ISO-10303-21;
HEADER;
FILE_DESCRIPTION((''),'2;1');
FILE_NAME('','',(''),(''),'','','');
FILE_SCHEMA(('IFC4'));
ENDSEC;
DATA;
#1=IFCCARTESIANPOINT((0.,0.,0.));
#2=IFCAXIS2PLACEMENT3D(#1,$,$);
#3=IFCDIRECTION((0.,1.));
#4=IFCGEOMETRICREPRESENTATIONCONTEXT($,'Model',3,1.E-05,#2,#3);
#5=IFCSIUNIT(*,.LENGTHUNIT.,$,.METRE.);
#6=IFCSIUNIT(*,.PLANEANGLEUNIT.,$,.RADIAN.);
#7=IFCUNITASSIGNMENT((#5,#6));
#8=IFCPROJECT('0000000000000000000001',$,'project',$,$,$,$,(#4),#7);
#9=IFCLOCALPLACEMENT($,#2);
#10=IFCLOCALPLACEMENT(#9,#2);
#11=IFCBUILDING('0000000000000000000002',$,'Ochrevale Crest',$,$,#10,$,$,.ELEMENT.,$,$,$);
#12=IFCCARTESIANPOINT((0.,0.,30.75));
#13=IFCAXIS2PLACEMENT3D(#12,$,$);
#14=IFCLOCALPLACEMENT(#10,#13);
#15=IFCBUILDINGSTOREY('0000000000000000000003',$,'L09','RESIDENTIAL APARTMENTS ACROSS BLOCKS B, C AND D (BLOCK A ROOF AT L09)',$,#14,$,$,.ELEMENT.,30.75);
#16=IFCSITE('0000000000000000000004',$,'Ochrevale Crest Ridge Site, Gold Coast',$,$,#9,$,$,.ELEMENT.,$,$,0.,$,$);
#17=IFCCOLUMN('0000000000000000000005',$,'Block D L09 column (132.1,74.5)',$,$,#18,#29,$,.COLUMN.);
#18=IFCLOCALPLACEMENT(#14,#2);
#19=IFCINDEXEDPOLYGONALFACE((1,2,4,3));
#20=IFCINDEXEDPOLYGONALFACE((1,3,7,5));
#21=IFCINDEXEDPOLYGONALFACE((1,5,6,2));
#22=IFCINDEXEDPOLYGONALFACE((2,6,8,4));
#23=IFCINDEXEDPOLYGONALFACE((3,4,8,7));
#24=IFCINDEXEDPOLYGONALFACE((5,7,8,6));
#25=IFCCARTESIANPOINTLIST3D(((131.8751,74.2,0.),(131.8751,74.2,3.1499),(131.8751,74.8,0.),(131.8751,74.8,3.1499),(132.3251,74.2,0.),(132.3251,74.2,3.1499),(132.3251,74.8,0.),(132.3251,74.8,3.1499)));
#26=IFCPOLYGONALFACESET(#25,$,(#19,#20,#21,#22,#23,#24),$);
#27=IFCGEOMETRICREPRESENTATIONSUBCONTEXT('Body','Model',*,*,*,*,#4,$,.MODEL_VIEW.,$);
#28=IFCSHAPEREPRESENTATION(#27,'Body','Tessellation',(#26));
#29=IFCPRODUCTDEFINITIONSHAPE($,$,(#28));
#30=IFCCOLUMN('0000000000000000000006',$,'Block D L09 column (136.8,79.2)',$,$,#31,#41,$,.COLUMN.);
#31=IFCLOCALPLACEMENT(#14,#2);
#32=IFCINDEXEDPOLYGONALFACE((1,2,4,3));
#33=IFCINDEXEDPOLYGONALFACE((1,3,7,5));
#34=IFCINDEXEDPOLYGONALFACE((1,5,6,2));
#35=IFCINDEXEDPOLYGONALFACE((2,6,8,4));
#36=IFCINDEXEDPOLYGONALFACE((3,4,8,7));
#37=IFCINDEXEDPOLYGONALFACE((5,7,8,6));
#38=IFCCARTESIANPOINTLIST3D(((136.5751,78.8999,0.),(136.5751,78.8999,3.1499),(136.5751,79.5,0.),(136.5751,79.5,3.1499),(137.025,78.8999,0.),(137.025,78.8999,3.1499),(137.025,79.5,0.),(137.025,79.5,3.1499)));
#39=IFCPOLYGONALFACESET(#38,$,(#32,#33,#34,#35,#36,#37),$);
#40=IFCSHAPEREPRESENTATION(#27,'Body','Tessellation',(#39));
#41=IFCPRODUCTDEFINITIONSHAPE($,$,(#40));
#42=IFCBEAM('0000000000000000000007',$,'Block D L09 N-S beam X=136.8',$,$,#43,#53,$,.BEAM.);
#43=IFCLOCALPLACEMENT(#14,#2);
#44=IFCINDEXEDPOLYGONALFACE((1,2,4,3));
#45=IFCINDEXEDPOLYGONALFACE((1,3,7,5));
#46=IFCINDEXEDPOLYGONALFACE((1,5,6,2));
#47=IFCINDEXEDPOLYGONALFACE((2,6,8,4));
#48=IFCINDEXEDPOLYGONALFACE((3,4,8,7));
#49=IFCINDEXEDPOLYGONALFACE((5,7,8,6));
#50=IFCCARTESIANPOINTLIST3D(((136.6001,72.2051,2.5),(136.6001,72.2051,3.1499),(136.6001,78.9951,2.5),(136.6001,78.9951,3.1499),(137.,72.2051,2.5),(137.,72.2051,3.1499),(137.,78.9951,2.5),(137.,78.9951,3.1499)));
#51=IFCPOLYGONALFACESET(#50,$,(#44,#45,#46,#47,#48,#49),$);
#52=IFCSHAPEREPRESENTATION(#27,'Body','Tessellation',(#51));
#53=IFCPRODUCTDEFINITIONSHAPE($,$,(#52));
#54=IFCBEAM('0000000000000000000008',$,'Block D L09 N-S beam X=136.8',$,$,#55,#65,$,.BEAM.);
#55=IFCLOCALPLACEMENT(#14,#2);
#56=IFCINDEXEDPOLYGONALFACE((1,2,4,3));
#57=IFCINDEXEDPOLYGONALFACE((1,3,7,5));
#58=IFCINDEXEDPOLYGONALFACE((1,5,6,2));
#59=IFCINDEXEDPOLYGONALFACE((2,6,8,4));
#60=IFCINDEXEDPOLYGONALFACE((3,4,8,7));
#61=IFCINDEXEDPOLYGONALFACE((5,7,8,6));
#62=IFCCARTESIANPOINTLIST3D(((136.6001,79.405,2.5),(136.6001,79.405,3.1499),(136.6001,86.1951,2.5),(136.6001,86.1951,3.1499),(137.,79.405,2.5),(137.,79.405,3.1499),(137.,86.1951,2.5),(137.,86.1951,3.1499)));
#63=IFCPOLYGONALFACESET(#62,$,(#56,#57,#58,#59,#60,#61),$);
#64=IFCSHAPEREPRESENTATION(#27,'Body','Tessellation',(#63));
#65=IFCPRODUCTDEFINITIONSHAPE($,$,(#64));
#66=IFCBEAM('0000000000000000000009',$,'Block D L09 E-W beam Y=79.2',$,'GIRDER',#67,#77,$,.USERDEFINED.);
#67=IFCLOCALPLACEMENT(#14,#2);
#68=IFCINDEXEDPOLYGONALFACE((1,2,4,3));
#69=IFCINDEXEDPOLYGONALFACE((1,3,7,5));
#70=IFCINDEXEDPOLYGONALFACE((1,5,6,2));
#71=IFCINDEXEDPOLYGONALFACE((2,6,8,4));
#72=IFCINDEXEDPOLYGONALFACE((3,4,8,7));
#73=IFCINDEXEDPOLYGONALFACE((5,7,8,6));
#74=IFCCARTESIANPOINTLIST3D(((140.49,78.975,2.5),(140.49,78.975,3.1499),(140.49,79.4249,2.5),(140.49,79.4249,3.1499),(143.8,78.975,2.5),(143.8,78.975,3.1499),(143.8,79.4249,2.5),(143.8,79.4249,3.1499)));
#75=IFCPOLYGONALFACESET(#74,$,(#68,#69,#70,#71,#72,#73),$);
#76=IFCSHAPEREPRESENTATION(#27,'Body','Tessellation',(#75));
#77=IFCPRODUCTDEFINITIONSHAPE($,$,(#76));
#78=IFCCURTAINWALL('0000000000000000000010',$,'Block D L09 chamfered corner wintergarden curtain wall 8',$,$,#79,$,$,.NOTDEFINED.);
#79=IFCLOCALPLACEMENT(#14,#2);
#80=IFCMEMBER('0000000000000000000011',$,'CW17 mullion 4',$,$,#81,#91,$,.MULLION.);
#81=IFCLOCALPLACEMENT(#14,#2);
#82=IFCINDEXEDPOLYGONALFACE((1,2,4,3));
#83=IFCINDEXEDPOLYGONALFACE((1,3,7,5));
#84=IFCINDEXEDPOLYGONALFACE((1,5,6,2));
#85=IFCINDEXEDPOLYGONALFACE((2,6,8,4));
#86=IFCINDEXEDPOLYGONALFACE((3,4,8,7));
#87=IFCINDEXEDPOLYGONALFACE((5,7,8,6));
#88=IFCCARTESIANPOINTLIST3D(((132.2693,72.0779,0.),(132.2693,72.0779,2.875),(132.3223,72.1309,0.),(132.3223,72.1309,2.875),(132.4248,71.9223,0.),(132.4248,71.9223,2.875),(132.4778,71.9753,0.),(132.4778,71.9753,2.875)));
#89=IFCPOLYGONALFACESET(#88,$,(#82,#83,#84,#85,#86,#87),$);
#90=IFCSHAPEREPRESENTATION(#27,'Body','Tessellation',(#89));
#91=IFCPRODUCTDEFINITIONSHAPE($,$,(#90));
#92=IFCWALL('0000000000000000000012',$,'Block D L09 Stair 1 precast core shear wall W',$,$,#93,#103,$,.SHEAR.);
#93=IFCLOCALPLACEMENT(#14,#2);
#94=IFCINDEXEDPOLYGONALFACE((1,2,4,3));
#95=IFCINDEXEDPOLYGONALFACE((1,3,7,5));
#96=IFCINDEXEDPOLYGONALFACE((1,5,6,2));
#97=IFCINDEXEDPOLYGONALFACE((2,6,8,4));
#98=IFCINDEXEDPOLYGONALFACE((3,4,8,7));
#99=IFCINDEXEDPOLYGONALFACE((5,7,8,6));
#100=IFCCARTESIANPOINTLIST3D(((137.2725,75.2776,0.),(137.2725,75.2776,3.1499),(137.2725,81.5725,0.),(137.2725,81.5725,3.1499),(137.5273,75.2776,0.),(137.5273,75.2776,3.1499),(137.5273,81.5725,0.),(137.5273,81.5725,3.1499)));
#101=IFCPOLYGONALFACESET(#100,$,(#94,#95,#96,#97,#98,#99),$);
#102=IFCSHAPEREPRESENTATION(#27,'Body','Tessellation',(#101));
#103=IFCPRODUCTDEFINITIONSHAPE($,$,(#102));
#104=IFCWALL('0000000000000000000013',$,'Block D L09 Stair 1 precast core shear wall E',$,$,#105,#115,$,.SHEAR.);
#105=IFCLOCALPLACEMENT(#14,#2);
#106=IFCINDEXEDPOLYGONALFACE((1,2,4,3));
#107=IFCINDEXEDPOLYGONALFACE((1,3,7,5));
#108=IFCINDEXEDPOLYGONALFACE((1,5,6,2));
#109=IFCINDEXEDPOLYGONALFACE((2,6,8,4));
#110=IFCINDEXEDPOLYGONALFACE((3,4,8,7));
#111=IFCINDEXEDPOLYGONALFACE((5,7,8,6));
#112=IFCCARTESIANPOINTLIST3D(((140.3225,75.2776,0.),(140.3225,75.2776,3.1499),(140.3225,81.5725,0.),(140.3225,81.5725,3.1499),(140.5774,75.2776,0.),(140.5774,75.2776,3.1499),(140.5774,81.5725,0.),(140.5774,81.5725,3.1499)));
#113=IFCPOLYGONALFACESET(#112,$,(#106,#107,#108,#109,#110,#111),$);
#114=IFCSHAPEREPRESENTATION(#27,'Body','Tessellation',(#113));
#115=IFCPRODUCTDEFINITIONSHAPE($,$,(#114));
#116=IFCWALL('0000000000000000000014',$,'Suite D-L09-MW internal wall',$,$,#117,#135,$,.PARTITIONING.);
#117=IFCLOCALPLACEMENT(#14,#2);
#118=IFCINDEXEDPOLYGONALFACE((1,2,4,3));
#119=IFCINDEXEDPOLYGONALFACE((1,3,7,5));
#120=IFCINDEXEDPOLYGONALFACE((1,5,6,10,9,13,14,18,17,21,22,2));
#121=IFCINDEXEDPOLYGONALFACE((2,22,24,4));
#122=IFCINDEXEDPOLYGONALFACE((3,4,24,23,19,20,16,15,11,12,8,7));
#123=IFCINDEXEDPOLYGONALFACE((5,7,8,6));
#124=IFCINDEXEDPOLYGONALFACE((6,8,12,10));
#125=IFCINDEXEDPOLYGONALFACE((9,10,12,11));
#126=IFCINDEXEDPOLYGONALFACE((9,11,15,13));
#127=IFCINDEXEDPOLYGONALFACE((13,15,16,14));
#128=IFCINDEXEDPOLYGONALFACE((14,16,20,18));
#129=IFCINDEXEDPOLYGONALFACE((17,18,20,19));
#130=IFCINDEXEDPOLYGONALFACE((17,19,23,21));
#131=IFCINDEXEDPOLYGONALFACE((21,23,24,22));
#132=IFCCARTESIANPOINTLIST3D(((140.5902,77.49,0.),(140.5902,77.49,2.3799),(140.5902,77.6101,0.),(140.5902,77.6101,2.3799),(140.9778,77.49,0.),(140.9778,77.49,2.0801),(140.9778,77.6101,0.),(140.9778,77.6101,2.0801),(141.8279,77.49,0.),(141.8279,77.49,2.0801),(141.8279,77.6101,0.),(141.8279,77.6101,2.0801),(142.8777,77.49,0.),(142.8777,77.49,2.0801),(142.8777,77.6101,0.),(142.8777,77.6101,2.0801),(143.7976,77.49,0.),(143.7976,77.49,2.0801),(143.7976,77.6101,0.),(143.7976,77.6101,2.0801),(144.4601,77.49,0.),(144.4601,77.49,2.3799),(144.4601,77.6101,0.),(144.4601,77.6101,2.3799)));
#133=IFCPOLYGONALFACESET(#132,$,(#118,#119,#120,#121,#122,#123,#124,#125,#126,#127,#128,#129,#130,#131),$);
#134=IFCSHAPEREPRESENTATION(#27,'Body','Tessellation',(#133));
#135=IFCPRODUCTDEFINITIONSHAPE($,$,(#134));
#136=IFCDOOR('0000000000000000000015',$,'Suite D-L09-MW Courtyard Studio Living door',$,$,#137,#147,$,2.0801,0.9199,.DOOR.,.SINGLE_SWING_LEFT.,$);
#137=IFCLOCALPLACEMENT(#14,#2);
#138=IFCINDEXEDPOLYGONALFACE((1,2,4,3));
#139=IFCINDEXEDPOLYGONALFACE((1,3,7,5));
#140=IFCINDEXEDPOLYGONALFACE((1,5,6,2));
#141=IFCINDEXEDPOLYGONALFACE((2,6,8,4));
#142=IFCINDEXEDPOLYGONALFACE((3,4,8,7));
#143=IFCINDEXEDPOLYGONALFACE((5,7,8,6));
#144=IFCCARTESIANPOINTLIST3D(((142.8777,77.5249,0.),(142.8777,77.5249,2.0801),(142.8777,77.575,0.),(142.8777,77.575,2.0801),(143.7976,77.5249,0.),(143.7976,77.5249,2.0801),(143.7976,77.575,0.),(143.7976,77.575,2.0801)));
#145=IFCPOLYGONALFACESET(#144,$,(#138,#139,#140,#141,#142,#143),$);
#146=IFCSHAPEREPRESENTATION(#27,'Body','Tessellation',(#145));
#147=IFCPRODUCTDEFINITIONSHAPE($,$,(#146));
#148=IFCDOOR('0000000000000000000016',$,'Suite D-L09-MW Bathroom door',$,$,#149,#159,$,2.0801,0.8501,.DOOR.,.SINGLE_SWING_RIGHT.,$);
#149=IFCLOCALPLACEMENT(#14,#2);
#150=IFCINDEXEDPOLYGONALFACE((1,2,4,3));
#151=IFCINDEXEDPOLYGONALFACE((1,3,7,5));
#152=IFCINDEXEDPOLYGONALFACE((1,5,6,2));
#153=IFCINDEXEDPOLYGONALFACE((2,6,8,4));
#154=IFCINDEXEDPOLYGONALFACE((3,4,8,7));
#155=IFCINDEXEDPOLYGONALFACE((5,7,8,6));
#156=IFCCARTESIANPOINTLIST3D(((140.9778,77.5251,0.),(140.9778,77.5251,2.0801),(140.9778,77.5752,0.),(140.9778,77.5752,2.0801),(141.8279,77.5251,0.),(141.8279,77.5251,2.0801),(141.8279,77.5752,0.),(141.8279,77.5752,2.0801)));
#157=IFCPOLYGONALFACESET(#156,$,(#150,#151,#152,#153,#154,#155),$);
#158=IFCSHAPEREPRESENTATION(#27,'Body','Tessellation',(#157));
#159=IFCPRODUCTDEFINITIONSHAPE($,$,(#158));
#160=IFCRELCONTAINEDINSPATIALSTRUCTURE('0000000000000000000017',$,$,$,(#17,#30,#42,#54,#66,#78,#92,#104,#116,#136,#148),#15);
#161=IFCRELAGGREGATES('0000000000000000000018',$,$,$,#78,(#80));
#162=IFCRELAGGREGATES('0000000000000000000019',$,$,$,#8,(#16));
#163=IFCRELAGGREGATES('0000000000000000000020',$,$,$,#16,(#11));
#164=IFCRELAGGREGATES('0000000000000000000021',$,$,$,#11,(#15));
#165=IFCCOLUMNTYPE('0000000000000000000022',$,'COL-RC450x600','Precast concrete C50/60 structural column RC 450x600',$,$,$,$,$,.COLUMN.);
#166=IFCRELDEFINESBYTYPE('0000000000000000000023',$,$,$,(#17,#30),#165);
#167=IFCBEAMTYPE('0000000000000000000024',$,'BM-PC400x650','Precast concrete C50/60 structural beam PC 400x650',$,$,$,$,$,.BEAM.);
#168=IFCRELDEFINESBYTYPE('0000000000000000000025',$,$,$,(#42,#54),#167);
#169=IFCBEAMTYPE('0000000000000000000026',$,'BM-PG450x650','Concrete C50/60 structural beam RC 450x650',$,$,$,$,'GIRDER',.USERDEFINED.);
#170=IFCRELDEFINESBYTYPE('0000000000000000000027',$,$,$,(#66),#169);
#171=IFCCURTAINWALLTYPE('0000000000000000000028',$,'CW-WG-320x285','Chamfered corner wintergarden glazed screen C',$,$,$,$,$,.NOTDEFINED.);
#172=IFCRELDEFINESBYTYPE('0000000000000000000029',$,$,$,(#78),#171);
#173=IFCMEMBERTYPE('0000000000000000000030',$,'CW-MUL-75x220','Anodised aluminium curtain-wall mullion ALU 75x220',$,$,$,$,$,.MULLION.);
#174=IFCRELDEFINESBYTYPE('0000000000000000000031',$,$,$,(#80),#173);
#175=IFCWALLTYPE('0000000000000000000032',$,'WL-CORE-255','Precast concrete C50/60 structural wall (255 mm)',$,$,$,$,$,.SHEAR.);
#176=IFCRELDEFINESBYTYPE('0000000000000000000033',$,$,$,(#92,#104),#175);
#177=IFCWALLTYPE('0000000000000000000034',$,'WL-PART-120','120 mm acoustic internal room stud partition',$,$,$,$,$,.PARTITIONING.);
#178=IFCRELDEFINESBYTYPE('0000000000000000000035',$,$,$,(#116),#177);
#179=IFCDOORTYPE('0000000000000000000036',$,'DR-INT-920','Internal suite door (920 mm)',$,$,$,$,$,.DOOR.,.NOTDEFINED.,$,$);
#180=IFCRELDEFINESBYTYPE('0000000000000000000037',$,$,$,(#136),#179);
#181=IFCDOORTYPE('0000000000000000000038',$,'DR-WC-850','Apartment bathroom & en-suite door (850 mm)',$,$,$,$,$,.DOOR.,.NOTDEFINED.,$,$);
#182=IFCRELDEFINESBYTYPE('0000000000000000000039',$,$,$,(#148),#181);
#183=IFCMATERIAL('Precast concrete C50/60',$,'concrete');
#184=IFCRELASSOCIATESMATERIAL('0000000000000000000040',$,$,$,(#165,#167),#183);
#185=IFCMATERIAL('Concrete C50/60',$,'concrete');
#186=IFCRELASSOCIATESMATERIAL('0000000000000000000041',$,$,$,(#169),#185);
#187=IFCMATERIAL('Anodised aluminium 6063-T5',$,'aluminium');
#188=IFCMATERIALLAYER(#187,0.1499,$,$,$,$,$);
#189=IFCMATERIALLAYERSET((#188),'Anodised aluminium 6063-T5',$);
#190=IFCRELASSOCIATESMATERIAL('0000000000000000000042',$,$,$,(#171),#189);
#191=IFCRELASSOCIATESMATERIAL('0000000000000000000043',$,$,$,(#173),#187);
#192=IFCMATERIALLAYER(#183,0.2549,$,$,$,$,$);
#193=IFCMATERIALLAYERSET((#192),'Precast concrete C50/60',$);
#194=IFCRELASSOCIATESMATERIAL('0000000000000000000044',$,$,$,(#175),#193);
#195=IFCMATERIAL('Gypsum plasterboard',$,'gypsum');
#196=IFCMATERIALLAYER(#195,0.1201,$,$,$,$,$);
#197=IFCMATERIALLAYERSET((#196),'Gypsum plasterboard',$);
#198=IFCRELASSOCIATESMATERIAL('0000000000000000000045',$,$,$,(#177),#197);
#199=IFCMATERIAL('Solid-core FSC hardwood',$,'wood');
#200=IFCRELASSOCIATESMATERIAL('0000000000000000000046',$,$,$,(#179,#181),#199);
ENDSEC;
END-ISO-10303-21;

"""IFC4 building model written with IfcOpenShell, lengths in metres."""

from ifc_helpers import new_model, si_unit, direction, frame, frame_2d, origin, origin_2d, place, context, subcontext, project, spatial, rectangle, extrude, material, layer, layer_set, material_profile, profile_set, type_object, element, fill, aggregate, save


model = new_model("IFC4")

# Units and contexts
model_context = context("Model", 3, precision=1e-05, world=origin(), true_north=direction((0.0, 1.0)))
body_context = subcontext(model_context, "Body", "Model", "MODEL_VIEW")
ifc_project = project(units=[si_unit("LENGTHUNIT", "METRE"), si_unit("PLANEANGLEUNIT", "RADIAN")], contexts=[model_context])

# Site, building, storey
site_placement = place(None, origin())
site = spatial("IfcSite", under=ifc_project, at=site_placement, Name="Ochrevale Crest Ridge Site, Gold Coast", CompositionType="ELEMENT", RefElevation=0.0)
building_placement = place(site_placement, origin())
building = spatial("IfcBuilding", under=site, at=building_placement, Name="Ochrevale Crest", CompositionType="ELEMENT")
storey_placement = place(building_placement, frame((0.0, 0.0, 30.75)))
storey = spatial("IfcBuildingStorey", under=building, at=storey_placement, Name="L09", Description="RESIDENTIAL APARTMENTS ACROSS BLOCKS B, C AND D (BLOCK A ROOF AT L09)", CompositionType="ELEMENT", Elevation=30.75)

# Columns
ifc_material_1 = material(Name="Precast concrete C50/60", Category="concrete")
ifc_material_profile_1 = material_profile(ifc_material_1, rectangle(XDim=0.45, YDim=0.6001, at=origin_2d()), Name="RC 450x600")
ifc_profile_set_1 = profile_set([ifc_material_profile_1], Name="Precast concrete C50/60")
column_type = type_object("IfcColumnType", Name="COL-RC450x600", Description="Precast concrete C50/60 structural column RC 450x600", PredefinedType="COLUMN", material=ifc_profile_set_1)
for number, where, z_axis, x_axis, name in (
    (1, (132.1001, 74.5, 0.0), (0.0, 0.0, 1.0), (1.0, 0.0, 0.0), "Block D L09 column (132.1,74.5)"),
    (2, (136.8, 79.2, 0.0), (0.0, 0.0, 1.0), (1.0, 0.0, 0.0), "Block D L09 column (136.8,79.2)"),
):
    element("IfcColumn", number, at=place(storey_placement, frame(where, z_axis=z_axis, x_axis=x_axis)), inside=storey, type_object=column_type, Name=name, PredefinedType="COLUMN", context=body_context, shape_type="SweptSolid", body=[
        extrude(rectangle(XDim=0.45, YDim=0.6001, at=origin_2d()), origin(), (0.0, 0.0, 1.0), 3.1499),
    ])

# Beams
ifc_material_profile_2 = material_profile(ifc_material_1, rectangle(XDim=0.3999, YDim=0.6499, at=origin_2d()), Name="PC 400x650")
ifc_profile_set_2 = profile_set([ifc_material_profile_2], Name="Precast concrete C50/60")
beam_type_1 = type_object("IfcBeamType", Name="BM-PC400x650", Description="Precast concrete C50/60 structural beam PC 400x650", PredefinedType="BEAM", material=ifc_profile_set_2)
for number, where, z_axis, x_axis, name in (
    (3, (136.8, 72.2051, 2.825), (0.0, 1.0, 0.0), (-1.0, 0.0, 0.0), "Block D L09 N-S beam X=136.8"),
    (4, (136.8, 79.405, 2.825), (0.0, 1.0, 0.0), (-1.0, 0.0, 0.0), "Block D L09 N-S beam X=136.8"),
):
    element("IfcBeam", number, at=place(storey_placement, frame(where, z_axis=z_axis, x_axis=x_axis)), inside=storey, type_object=beam_type_1, Name=name, PredefinedType="BEAM", context=body_context, shape_type="SweptSolid", body=[
        extrude(rectangle(XDim=0.3999, YDim=0.6499, at=origin_2d()), origin(), (0.0, 0.0, 1.0), 6.79),
    ])
ifc_material_2 = material(Name="Concrete C50/60", Category="concrete")
ifc_material_profile_3 = material_profile(ifc_material_2, rectangle(XDim=0.45, YDim=0.6499, at=origin_2d()), Name="RC 450x650")
ifc_profile_set_3 = profile_set([ifc_material_profile_3], Name="Concrete C50/60")
beam_type_2 = type_object("IfcBeamType", Name="BM-PG450x650", Description="Concrete C50/60 structural beam RC 450x650", ElementType="GIRDER", PredefinedType="USERDEFINED", material=ifc_profile_set_3)
beam_placement = place(storey_placement, frame((140.49, 79.2, 2.825), z_axis=(1.0, 0.0, 0.0), x_axis=(0.0, 1.0, 0.0)))
element("IfcBeam", 5, at=beam_placement, inside=storey, type_object=beam_type_2, Name="Block D L09 E-W beam Y=79.2", ObjectType="GIRDER", PredefinedType="USERDEFINED", context=body_context, shape_type="SweptSolid", body=[
    extrude(rectangle(XDim=0.45, YDim=0.6499, at=origin_2d()), origin(), (0.0, 0.0, 1.0), 3.3101),
])

# Curtain wall, member
ifc_material_3 = material(Name="Anodised aluminium 6063-T5", Category="aluminium")
ifc_layer_1 = layer(ifc_material_3, 0.1499)
ifc_layer_set_1 = layer_set([ifc_layer_1], Name="Anodised aluminium 6063-T5")
curtain_wall_type = type_object("IfcCurtainWallType", Name="CW-WG-320x285", Description="Chamfered corner wintergarden glazed screen C", PredefinedType="NOTDEFINED", material=ifc_layer_set_1)
curtain_wall_placement = place(storey_placement, origin())
curtain_wall = element("IfcCurtainWall", 6, at=curtain_wall_placement, inside=storey, type_object=curtain_wall_type, Name="Block D L09 chamfered corner wintergarden curtain wall 8", PredefinedType="NOTDEFINED")
ifc_material_profile_4 = material_profile(ifc_material_3, rectangle(XDim=0.075, YDim=0.22, at=origin_2d()), Name="ALU 75x220")
ifc_profile_set_4 = profile_set([ifc_material_profile_4], Name="Anodised aluminium 6063-T5")
member_type = type_object("IfcMemberType", Name="CW-MUL-75x220", Description="Anodised aluminium curtain-wall mullion ALU 75x220", PredefinedType="MULLION", material=ifc_profile_set_4)
member_placement = place(storey_placement, frame((132.3735, 72.0266, 0.0), z_axis=(0.0, 0.0, 1.0), x_axis=(0.707107, 0.707107, 0.0)))
member = element("IfcMember", 7, at=member_placement, type_object=member_type, Name="CW17 mullion 4", PredefinedType="MULLION", context=body_context, shape_type="SweptSolid", body=[
    extrude(rectangle(XDim=0.075, YDim=0.22, at=origin_2d()), origin(), (0.0, 0.0, 1.0), 2.875),
])
aggregate(curtain_wall, [member])

# Walls
ifc_layer_2 = layer(ifc_material_1, 0.2549)
ifc_layer_set_2 = layer_set([ifc_layer_2], Name="Precast concrete C50/60")
wall_type_1 = type_object("IfcWallType", Name="WL-CORE-255", Description="Precast concrete C50/60 structural wall (255 mm)", PredefinedType="SHEAR", material=ifc_layer_set_2)
for number, where, z_axis, x_axis, name in (
    (8, (137.3999, 75.2776, 0.0), (0.0, 0.0, 1.0), (0.0, 1.0, 0.0), "Block D L09 Stair 1 precast core shear wall W"),
    (9, (140.45, 75.2776, 0.0), (0.0, 0.0, 1.0), (0.0, 1.0, 0.0), "Block D L09 Stair 1 precast core shear wall E"),
):
    element("IfcWall", number, at=place(storey_placement, frame(where, z_axis=z_axis, x_axis=x_axis)), inside=storey, type_object=wall_type_1, Name=name, PredefinedType="SHEAR", context=body_context, shape_type="SweptSolid", body=[
        extrude(rectangle(XDim=6.2949, YDim=0.2549, at=frame_2d((3.1475, 0.0))), origin(), (0.0, 0.0, 1.0), 3.1499),
    ])

# Wall, openings, doors
ifc_material_4 = material(Name="Gypsum plasterboard", Category="gypsum")
ifc_layer_3 = layer(ifc_material_4, 0.1201)
ifc_layer_set_3 = layer_set([ifc_layer_3], Name="Gypsum plasterboard")
wall_type_2 = type_object("IfcWallType", Name="WL-PART-120", Description="120 mm acoustic internal room stud partition", PredefinedType="PARTITIONING", material=ifc_layer_set_3)
wall_1_placement = place(storey_placement, frame((140.5901, 77.55, 0.0), z_axis=(0.0, 0.0, 1.0), x_axis=(1.0, 0.0, 0.0)))
wall_1 = element("IfcWall", 10, at=wall_1_placement, inside=storey, type_object=wall_type_2, Name="Suite D-L09-MW internal wall", PredefinedType="PARTITIONING", context=body_context, shape_type="SweptSolid", body=[
    extrude(rectangle(XDim=3.8699, YDim=0.1201, at=frame_2d((1.9351, 0.0))), origin(), (0.0, 0.0, 1.0), 2.3799),
])
opening_1_placement = place(wall_1_placement, frame((1.2378, 0.0, 0.0), z_axis=(0.0, 0.0, 1.0), x_axis=(-1.0, 0.0, 0.0)))
opening_1 = element("IfcOpeningElement", 11, at=opening_1_placement, cuts=wall_1, PredefinedType="OPENING", context=body_context, shape_type="SweptSolid", body=[
    extrude(rectangle(XDim=0.8501, YDim=2.0801, at=frame_2d((0.425, 1.04))), frame((0.0, 0.0701, 0.0), z_axis=(0.0, -1.0, 0.0), x_axis=(1.0, 0.0, 0.0)), (0.0, 0.0, 1.0), 0.1401),
])
opening_2_placement = place(wall_1_placement, frame((2.2876, 0.0, 0.0)))
opening_2 = element("IfcOpeningElement", 12, at=opening_2_placement, cuts=wall_1, PredefinedType="OPENING", context=body_context, shape_type="SweptSolid", body=[
    extrude(rectangle(XDim=0.9199, YDim=2.0801, at=frame_2d((0.46, 1.04))), frame((0.0, 0.0701, 0.0), z_axis=(0.0, -1.0, 0.0), x_axis=(1.0, 0.0, 0.0)), (0.0, 0.0, 1.0), 0.1401),
])
ifc_material_5 = material(Name="Solid-core FSC hardwood", Category="wood")
door_type_1 = type_object("IfcDoorType", Name="DR-INT-920", Description="Internal suite door (920 mm)", OperationType="NOTDEFINED", PredefinedType="DOOR", material=ifc_material_5)
door_1_placement = place(opening_2_placement, origin())
door_1 = element("IfcDoor", 13, at=door_1_placement, inside=storey, type_object=door_type_1, Name="Suite D-L09-MW Courtyard Studio Living door", OperationType="SINGLE_SWING_LEFT", OverallHeight=2.0801, OverallWidth=0.9199, PredefinedType="DOOR", context=body_context, shape_type="SweptSolid", body=[
    extrude(rectangle(XDim=0.9199, YDim=2.0801, at=frame_2d((0.46, 1.04))), frame((0.0, 0.0249, 0.0), z_axis=(0.0, -1.0, 0.0), x_axis=(1.0, 0.0, 0.0)), (0.0, 0.0, 1.0), 0.05),
])
fill(opening_2, door_1)
door_type_2 = type_object("IfcDoorType", Name="DR-WC-850", Description="Apartment bathroom & en-suite door (850 mm)", OperationType="NOTDEFINED", PredefinedType="DOOR", material=ifc_material_5)
door_2_placement = place(opening_1_placement, origin())
door_2 = element("IfcDoor", 14, at=door_2_placement, inside=storey, type_object=door_type_2, Name="Suite D-L09-MW Bathroom door", OperationType="SINGLE_SWING_RIGHT", OverallHeight=2.0801, OverallWidth=0.8501, PredefinedType="DOOR", context=body_context, shape_type="SweptSolid", body=[
    extrude(rectangle(XDim=0.8501, YDim=2.0801, at=frame_2d((0.425, 1.04))), frame((0.0, 0.0249, 0.0), z_axis=(0.0, -1.0, 0.0), x_axis=(1.0, 0.0, 0.0)), (0.0, 0.0, 1.0), 0.05),
])
fill(opening_1, door_2)

save(model, "model.ifc")
